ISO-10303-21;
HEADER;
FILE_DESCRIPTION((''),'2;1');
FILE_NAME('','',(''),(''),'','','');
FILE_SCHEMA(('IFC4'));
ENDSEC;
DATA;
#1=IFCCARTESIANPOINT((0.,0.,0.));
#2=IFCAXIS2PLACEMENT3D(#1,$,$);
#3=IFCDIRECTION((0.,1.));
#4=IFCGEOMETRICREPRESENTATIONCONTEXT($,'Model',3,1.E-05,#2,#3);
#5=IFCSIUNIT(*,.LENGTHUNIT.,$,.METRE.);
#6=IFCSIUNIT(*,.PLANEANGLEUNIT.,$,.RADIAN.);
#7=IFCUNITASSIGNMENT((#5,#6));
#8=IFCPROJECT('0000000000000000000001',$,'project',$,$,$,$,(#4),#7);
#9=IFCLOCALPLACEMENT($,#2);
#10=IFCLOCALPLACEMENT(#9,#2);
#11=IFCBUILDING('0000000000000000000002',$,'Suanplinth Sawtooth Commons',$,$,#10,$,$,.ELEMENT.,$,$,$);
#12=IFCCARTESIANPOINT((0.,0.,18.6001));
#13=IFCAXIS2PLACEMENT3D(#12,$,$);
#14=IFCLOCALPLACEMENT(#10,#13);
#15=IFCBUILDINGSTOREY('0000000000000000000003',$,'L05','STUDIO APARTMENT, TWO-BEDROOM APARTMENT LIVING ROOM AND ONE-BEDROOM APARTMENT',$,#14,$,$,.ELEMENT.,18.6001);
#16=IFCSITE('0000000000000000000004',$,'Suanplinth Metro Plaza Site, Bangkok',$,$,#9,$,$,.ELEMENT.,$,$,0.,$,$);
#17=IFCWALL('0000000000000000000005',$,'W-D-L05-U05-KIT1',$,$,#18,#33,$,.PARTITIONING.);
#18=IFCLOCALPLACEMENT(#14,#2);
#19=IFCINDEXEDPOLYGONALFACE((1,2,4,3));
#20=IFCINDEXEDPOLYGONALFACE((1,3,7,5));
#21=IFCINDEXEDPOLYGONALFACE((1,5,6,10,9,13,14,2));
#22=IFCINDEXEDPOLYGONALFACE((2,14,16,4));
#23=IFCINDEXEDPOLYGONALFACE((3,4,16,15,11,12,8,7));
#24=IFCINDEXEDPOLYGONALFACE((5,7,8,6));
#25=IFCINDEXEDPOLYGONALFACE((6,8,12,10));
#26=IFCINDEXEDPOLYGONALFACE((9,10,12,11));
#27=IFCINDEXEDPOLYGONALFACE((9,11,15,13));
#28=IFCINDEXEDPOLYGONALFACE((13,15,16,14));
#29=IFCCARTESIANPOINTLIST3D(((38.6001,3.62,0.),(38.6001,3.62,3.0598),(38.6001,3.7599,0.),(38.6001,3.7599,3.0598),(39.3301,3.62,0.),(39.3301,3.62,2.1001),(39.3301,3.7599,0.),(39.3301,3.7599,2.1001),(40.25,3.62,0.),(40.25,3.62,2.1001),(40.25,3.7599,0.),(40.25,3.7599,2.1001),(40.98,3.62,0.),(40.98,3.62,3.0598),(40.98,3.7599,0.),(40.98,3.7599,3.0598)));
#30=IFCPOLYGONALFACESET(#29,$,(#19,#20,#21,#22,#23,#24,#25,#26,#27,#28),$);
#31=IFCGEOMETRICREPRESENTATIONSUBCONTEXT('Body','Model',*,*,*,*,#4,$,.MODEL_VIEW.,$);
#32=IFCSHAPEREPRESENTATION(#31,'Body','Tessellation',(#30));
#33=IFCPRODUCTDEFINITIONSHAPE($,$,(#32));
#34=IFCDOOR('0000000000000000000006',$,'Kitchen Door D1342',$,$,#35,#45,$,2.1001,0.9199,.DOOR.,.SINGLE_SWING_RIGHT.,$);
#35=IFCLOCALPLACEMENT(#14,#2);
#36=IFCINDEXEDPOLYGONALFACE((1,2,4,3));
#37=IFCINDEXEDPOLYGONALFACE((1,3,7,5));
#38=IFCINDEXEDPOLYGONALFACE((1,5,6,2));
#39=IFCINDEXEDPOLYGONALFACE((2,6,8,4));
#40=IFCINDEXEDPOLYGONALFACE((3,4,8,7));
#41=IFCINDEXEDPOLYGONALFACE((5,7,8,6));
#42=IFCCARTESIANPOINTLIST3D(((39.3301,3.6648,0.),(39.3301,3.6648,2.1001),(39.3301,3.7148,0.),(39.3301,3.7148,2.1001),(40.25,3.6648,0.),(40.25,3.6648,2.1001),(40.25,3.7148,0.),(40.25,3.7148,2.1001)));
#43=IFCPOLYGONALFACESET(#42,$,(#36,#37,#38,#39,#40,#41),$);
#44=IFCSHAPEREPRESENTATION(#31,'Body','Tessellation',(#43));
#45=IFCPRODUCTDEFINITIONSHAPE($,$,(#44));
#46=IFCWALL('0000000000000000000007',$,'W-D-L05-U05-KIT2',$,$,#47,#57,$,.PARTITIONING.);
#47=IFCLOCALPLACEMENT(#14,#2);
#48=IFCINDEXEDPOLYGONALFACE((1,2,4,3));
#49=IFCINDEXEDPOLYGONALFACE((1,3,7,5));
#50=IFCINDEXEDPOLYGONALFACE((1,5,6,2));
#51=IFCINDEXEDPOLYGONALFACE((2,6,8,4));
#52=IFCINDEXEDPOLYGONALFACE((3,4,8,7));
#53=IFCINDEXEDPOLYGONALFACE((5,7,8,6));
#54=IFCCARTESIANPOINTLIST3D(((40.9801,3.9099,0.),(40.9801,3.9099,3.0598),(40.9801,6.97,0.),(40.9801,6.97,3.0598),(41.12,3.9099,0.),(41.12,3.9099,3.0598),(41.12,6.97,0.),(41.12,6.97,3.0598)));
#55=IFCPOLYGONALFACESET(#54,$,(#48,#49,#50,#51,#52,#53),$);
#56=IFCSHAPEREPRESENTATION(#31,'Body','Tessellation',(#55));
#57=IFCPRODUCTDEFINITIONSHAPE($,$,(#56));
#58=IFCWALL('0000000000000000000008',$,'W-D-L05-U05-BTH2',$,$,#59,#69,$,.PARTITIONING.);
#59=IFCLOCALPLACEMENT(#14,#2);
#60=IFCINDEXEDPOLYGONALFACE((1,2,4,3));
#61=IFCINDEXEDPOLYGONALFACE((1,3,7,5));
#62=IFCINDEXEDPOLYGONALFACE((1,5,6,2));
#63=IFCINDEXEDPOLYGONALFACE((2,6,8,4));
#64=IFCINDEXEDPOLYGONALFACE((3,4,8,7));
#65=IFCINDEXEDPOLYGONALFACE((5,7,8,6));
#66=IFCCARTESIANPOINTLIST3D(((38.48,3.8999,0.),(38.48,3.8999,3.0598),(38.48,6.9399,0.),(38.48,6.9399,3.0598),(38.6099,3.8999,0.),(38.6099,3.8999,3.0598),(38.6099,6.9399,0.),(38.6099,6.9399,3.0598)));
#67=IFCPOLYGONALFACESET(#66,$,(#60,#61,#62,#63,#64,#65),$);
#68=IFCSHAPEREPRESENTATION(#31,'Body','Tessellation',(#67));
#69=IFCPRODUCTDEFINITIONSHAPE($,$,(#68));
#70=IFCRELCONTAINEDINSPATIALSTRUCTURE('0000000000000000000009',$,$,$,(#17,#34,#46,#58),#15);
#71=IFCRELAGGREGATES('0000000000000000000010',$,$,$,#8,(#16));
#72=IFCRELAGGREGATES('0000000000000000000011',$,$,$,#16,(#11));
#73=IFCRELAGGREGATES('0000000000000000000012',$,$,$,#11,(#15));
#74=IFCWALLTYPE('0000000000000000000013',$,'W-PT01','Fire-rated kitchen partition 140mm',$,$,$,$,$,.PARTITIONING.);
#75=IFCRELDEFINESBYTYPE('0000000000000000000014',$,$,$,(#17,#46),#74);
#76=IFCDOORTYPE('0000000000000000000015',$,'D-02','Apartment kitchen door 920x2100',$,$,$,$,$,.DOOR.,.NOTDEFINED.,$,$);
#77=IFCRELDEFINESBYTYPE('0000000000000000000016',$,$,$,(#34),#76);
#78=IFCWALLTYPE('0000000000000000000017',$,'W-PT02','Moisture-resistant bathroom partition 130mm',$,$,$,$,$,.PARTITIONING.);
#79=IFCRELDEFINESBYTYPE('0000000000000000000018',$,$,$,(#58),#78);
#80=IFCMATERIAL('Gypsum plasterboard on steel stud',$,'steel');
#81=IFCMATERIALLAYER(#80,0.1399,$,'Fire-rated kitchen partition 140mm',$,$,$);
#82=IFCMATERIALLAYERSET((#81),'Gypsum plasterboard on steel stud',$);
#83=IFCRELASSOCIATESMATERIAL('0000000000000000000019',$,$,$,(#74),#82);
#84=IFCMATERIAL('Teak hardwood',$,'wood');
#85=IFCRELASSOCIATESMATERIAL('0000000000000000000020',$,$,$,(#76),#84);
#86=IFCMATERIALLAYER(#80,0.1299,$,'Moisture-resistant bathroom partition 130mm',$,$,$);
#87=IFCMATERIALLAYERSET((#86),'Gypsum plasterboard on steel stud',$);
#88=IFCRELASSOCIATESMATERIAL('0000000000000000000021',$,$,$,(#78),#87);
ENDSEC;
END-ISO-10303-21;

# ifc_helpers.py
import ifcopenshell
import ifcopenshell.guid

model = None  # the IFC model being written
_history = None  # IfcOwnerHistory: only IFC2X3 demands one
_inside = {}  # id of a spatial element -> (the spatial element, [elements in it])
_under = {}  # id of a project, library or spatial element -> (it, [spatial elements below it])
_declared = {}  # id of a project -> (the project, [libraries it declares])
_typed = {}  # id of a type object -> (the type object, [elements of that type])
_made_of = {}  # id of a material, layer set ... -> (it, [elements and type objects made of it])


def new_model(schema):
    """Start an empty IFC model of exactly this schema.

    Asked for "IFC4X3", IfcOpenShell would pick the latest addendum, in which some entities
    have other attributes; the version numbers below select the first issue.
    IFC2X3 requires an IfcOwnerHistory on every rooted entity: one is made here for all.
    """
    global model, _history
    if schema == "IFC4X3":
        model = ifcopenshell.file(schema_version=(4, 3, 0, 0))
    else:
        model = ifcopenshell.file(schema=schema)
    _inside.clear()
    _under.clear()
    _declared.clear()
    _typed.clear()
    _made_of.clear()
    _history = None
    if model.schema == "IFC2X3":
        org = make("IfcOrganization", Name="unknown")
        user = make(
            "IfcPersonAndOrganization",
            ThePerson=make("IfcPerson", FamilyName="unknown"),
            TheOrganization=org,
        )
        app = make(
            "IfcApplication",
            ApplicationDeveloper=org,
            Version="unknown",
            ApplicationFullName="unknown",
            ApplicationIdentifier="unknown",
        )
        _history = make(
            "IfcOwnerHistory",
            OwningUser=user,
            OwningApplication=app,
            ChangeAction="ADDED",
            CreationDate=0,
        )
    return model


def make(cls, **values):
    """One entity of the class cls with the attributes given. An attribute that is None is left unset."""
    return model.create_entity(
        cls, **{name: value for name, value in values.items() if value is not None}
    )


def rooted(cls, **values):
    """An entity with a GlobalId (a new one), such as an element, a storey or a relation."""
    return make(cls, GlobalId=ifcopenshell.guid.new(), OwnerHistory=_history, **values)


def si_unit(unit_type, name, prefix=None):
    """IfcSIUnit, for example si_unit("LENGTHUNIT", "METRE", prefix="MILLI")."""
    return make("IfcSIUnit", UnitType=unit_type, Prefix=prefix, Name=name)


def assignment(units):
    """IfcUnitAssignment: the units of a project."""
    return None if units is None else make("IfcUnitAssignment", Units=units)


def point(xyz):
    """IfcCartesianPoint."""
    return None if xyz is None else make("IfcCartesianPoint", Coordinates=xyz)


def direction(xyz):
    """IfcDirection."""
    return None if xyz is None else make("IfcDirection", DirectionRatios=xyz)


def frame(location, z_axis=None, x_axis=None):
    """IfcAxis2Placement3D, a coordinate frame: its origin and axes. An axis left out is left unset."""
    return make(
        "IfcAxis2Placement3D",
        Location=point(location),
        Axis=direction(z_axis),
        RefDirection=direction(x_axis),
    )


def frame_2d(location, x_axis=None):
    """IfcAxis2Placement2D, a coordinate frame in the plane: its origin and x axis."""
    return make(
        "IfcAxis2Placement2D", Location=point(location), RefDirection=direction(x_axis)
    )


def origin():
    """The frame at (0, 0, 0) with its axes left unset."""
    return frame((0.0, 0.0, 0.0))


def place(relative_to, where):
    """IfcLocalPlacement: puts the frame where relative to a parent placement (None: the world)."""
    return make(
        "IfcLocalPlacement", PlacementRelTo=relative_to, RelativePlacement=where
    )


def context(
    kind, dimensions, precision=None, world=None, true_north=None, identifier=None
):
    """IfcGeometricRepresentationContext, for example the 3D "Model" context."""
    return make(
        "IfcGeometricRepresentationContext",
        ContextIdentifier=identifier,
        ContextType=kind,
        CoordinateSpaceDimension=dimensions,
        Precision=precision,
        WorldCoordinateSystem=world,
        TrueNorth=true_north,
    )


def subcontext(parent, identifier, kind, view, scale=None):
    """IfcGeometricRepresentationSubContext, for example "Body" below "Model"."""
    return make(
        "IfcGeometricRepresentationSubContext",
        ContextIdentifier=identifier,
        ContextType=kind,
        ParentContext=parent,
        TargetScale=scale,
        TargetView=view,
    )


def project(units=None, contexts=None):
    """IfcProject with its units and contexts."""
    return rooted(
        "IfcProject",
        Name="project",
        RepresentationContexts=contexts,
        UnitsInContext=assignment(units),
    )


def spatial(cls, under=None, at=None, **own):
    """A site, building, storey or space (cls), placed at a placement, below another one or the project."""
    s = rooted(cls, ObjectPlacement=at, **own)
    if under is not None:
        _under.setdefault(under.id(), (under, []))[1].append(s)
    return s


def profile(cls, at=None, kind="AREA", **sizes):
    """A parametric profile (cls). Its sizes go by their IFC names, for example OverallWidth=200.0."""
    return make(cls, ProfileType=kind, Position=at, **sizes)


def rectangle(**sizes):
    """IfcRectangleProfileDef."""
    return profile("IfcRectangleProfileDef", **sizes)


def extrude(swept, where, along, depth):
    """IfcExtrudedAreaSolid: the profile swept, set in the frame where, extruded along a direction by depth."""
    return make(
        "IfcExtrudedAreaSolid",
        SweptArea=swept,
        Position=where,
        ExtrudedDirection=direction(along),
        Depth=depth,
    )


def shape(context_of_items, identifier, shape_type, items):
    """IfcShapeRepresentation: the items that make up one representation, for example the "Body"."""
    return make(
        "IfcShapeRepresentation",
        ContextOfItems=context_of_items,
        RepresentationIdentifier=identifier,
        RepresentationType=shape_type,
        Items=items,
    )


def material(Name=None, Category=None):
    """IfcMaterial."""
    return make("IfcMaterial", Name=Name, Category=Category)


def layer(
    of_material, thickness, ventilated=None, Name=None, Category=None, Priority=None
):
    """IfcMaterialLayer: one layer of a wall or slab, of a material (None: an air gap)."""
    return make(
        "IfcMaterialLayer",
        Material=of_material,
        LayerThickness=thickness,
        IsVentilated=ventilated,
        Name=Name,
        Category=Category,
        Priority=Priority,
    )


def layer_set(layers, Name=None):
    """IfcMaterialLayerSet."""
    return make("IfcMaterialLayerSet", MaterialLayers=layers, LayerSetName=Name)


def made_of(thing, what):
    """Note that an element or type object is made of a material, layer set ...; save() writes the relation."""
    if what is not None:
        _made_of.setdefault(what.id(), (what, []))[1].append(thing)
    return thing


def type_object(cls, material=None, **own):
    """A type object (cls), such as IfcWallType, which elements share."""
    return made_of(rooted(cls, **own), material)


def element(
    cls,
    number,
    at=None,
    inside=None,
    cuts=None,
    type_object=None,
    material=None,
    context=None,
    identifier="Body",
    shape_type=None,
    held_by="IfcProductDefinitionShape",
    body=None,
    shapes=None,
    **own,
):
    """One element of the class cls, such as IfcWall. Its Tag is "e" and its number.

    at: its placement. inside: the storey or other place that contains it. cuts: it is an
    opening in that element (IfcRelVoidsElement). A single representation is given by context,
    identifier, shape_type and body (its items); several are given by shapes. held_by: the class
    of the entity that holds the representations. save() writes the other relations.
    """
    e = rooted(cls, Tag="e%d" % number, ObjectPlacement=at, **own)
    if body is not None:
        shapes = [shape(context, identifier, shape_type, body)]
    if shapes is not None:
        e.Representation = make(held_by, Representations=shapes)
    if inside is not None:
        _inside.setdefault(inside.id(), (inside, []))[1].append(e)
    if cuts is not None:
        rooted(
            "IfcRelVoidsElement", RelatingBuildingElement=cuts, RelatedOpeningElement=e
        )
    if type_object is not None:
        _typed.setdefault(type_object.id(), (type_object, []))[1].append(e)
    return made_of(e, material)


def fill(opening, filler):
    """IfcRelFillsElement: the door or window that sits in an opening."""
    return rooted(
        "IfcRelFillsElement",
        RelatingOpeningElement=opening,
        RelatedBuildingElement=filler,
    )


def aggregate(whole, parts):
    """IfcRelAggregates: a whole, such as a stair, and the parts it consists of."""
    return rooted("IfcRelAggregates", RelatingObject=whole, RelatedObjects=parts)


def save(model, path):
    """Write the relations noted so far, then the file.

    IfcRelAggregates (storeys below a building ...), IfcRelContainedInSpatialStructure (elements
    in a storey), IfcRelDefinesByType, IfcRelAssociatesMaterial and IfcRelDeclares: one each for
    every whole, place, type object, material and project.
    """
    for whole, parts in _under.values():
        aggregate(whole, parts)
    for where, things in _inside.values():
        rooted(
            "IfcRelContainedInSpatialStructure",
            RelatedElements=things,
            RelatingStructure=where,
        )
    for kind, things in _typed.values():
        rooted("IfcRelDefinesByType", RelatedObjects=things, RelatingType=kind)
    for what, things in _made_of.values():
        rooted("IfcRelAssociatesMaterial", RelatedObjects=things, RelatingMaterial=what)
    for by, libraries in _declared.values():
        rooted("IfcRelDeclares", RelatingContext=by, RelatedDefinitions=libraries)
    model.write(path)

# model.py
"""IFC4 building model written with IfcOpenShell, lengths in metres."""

from ifc_helpers import new_model, si_unit, direction, frame, frame_2d, origin, place, context, subcontext, project, spatial, rectangle, extrude, material, layer, layer_set, type_object, element, fill, save


model = new_model("IFC4")

# Units and contexts
model_context = context("Model", 3, precision=1e-05, world=origin(), true_north=direction((0.0, 1.0)))
body_context = subcontext(model_context, "Body", "Model", "MODEL_VIEW")
ifc_project = project(units=[si_unit("LENGTHUNIT", "METRE"), si_unit("PLANEANGLEUNIT", "RADIAN")], contexts=[model_context])

# Site, building, storey
site_placement = place(None, origin())
site = spatial("IfcSite", under=ifc_project, at=site_placement, Name="Suanplinth Metro Plaza Site, Bangkok", CompositionType="ELEMENT", RefElevation=0.0)
building_placement = place(site_placement, origin())
building = spatial("IfcBuilding", under=site, at=building_placement, Name="Suanplinth Sawtooth Commons", CompositionType="ELEMENT")
storey_placement = place(building_placement, frame((0.0, 0.0, 18.6001)))
storey = spatial("IfcBuildingStorey", under=building, at=storey_placement, Name="L05", Description="STUDIO APARTMENT, TWO-BEDROOM APARTMENT LIVING ROOM AND ONE-BEDROOM APARTMENT", CompositionType="ELEMENT", Elevation=18.6001)

# Wall, opening, door
ifc_material_1 = material(Name="Gypsum plasterboard on steel stud", Category="steel")
ifc_layer_1 = layer(ifc_material_1, 0.1399, Name="Fire-rated kitchen partition 140mm")
ifc_layer_set_1 = layer_set([ifc_layer_1], Name="Gypsum plasterboard on steel stud")
wall_type_1 = type_object("IfcWallType", Name="W-PT01", Description="Fire-rated kitchen partition 140mm", PredefinedType="PARTITIONING", material=ifc_layer_set_1)
wall_1_placement = place(storey_placement, frame((38.6001, 3.6899, 0.0), z_axis=(0.0, 0.0, 1.0), x_axis=(1.0, 0.0, 0.0)))
wall_1 = element("IfcWall", 1, at=wall_1_placement, inside=storey, type_object=wall_type_1, Name="W-D-L05-U05-KIT1", PredefinedType="PARTITIONING", context=body_context, shape_type="SweptSolid", body=[
    extrude(rectangle(XDim=2.3799, YDim=0.1399, at=frame_2d((1.1899, 0.0))), origin(), (0.0, 0.0, 1.0), 3.0598),
])
opening_1_placement = place(wall_1_placement, frame((0.73, 0.0, 0.0)))
opening_1 = element("IfcOpeningElement", 2, at=opening_1_placement, cuts=wall_1, PredefinedType="OPENING", context=body_context, shape_type="SweptSolid", body=[
    extrude(rectangle(XDim=0.9199, YDim=2.1001, at=frame_2d((0.46, 1.05))), frame((0.0, 0.085, 0.0), z_axis=(0.0, -1.0, 0.0), x_axis=(1.0, 0.0, 0.0)), (0.0, 0.0, 1.0), 0.1697),
])
ifc_material_2 = material(Name="Teak hardwood", Category="wood")
door_type_1 = type_object("IfcDoorType", Name="D-02", Description="Apartment kitchen door 920x2100", OperationType="NOTDEFINED", PredefinedType="DOOR", material=ifc_material_2)
door_1_placement = place(opening_1_placement, origin())
door_1 = element("IfcDoor", 3, at=door_1_placement, inside=storey, type_object=door_type_1, Name="Kitchen Door D1342", OperationType="SINGLE_SWING_RIGHT", OverallHeight=2.1001, OverallWidth=0.9199, PredefinedType="DOOR", context=body_context, shape_type="SweptSolid", body=[
    extrude(rectangle(XDim=0.9199, YDim=2.1001, at=frame_2d((0.46, 1.05))), frame((0.0, 0.0249, 0.0), z_axis=(0.0, -1.0, 0.0), x_axis=(1.0, 0.0, 0.0)), (0.0, 0.0, 1.0), 0.05),
])
fill(opening_1, door_1)

# Walls
wall_2_placement = place(storey_placement, frame((41.05, 3.9099, 0.0), z_axis=(0.0, 0.0, 1.0), x_axis=(0.0, 1.0, 0.0)))
element("IfcWall", 4, at=wall_2_placement, inside=storey, type_object=wall_type_1, Name="W-D-L05-U05-KIT2", PredefinedType="PARTITIONING", context=body_context, shape_type="SweptSolid", body=[
    extrude(rectangle(XDim=3.0601, YDim=0.1399, at=frame_2d((1.53, 0.0))), origin(), (0.0, 0.0, 1.0), 3.0598),
])
ifc_layer_2 = layer(ifc_material_1, 0.1299, Name="Moisture-resistant bathroom partition 130mm")
ifc_layer_set_2 = layer_set([ifc_layer_2], Name="Gypsum plasterboard on steel stud")
wall_type_2 = type_object("IfcWallType", Name="W-PT02", Description="Moisture-resistant bathroom partition 130mm", PredefinedType="PARTITIONING", material=ifc_layer_set_2)
wall_3_placement = place(storey_placement, frame((38.5449, 3.8999, 0.0), z_axis=(0.0, 0.0, 1.0), x_axis=(0.0, 1.0, 0.0)))
element("IfcWall", 5, at=wall_3_placement, inside=storey, type_object=wall_type_2, Name="W-D-L05-U05-BTH2", PredefinedType="PARTITIONING", context=body_context, shape_type="SweptSolid", body=[
    extrude(rectangle(XDim=3.04, YDim=0.1299, at=frame_2d((1.52, 0.0))), origin(), (0.0, 0.0, 1.0), 3.0598),
])

save(model, "model.ifc")
